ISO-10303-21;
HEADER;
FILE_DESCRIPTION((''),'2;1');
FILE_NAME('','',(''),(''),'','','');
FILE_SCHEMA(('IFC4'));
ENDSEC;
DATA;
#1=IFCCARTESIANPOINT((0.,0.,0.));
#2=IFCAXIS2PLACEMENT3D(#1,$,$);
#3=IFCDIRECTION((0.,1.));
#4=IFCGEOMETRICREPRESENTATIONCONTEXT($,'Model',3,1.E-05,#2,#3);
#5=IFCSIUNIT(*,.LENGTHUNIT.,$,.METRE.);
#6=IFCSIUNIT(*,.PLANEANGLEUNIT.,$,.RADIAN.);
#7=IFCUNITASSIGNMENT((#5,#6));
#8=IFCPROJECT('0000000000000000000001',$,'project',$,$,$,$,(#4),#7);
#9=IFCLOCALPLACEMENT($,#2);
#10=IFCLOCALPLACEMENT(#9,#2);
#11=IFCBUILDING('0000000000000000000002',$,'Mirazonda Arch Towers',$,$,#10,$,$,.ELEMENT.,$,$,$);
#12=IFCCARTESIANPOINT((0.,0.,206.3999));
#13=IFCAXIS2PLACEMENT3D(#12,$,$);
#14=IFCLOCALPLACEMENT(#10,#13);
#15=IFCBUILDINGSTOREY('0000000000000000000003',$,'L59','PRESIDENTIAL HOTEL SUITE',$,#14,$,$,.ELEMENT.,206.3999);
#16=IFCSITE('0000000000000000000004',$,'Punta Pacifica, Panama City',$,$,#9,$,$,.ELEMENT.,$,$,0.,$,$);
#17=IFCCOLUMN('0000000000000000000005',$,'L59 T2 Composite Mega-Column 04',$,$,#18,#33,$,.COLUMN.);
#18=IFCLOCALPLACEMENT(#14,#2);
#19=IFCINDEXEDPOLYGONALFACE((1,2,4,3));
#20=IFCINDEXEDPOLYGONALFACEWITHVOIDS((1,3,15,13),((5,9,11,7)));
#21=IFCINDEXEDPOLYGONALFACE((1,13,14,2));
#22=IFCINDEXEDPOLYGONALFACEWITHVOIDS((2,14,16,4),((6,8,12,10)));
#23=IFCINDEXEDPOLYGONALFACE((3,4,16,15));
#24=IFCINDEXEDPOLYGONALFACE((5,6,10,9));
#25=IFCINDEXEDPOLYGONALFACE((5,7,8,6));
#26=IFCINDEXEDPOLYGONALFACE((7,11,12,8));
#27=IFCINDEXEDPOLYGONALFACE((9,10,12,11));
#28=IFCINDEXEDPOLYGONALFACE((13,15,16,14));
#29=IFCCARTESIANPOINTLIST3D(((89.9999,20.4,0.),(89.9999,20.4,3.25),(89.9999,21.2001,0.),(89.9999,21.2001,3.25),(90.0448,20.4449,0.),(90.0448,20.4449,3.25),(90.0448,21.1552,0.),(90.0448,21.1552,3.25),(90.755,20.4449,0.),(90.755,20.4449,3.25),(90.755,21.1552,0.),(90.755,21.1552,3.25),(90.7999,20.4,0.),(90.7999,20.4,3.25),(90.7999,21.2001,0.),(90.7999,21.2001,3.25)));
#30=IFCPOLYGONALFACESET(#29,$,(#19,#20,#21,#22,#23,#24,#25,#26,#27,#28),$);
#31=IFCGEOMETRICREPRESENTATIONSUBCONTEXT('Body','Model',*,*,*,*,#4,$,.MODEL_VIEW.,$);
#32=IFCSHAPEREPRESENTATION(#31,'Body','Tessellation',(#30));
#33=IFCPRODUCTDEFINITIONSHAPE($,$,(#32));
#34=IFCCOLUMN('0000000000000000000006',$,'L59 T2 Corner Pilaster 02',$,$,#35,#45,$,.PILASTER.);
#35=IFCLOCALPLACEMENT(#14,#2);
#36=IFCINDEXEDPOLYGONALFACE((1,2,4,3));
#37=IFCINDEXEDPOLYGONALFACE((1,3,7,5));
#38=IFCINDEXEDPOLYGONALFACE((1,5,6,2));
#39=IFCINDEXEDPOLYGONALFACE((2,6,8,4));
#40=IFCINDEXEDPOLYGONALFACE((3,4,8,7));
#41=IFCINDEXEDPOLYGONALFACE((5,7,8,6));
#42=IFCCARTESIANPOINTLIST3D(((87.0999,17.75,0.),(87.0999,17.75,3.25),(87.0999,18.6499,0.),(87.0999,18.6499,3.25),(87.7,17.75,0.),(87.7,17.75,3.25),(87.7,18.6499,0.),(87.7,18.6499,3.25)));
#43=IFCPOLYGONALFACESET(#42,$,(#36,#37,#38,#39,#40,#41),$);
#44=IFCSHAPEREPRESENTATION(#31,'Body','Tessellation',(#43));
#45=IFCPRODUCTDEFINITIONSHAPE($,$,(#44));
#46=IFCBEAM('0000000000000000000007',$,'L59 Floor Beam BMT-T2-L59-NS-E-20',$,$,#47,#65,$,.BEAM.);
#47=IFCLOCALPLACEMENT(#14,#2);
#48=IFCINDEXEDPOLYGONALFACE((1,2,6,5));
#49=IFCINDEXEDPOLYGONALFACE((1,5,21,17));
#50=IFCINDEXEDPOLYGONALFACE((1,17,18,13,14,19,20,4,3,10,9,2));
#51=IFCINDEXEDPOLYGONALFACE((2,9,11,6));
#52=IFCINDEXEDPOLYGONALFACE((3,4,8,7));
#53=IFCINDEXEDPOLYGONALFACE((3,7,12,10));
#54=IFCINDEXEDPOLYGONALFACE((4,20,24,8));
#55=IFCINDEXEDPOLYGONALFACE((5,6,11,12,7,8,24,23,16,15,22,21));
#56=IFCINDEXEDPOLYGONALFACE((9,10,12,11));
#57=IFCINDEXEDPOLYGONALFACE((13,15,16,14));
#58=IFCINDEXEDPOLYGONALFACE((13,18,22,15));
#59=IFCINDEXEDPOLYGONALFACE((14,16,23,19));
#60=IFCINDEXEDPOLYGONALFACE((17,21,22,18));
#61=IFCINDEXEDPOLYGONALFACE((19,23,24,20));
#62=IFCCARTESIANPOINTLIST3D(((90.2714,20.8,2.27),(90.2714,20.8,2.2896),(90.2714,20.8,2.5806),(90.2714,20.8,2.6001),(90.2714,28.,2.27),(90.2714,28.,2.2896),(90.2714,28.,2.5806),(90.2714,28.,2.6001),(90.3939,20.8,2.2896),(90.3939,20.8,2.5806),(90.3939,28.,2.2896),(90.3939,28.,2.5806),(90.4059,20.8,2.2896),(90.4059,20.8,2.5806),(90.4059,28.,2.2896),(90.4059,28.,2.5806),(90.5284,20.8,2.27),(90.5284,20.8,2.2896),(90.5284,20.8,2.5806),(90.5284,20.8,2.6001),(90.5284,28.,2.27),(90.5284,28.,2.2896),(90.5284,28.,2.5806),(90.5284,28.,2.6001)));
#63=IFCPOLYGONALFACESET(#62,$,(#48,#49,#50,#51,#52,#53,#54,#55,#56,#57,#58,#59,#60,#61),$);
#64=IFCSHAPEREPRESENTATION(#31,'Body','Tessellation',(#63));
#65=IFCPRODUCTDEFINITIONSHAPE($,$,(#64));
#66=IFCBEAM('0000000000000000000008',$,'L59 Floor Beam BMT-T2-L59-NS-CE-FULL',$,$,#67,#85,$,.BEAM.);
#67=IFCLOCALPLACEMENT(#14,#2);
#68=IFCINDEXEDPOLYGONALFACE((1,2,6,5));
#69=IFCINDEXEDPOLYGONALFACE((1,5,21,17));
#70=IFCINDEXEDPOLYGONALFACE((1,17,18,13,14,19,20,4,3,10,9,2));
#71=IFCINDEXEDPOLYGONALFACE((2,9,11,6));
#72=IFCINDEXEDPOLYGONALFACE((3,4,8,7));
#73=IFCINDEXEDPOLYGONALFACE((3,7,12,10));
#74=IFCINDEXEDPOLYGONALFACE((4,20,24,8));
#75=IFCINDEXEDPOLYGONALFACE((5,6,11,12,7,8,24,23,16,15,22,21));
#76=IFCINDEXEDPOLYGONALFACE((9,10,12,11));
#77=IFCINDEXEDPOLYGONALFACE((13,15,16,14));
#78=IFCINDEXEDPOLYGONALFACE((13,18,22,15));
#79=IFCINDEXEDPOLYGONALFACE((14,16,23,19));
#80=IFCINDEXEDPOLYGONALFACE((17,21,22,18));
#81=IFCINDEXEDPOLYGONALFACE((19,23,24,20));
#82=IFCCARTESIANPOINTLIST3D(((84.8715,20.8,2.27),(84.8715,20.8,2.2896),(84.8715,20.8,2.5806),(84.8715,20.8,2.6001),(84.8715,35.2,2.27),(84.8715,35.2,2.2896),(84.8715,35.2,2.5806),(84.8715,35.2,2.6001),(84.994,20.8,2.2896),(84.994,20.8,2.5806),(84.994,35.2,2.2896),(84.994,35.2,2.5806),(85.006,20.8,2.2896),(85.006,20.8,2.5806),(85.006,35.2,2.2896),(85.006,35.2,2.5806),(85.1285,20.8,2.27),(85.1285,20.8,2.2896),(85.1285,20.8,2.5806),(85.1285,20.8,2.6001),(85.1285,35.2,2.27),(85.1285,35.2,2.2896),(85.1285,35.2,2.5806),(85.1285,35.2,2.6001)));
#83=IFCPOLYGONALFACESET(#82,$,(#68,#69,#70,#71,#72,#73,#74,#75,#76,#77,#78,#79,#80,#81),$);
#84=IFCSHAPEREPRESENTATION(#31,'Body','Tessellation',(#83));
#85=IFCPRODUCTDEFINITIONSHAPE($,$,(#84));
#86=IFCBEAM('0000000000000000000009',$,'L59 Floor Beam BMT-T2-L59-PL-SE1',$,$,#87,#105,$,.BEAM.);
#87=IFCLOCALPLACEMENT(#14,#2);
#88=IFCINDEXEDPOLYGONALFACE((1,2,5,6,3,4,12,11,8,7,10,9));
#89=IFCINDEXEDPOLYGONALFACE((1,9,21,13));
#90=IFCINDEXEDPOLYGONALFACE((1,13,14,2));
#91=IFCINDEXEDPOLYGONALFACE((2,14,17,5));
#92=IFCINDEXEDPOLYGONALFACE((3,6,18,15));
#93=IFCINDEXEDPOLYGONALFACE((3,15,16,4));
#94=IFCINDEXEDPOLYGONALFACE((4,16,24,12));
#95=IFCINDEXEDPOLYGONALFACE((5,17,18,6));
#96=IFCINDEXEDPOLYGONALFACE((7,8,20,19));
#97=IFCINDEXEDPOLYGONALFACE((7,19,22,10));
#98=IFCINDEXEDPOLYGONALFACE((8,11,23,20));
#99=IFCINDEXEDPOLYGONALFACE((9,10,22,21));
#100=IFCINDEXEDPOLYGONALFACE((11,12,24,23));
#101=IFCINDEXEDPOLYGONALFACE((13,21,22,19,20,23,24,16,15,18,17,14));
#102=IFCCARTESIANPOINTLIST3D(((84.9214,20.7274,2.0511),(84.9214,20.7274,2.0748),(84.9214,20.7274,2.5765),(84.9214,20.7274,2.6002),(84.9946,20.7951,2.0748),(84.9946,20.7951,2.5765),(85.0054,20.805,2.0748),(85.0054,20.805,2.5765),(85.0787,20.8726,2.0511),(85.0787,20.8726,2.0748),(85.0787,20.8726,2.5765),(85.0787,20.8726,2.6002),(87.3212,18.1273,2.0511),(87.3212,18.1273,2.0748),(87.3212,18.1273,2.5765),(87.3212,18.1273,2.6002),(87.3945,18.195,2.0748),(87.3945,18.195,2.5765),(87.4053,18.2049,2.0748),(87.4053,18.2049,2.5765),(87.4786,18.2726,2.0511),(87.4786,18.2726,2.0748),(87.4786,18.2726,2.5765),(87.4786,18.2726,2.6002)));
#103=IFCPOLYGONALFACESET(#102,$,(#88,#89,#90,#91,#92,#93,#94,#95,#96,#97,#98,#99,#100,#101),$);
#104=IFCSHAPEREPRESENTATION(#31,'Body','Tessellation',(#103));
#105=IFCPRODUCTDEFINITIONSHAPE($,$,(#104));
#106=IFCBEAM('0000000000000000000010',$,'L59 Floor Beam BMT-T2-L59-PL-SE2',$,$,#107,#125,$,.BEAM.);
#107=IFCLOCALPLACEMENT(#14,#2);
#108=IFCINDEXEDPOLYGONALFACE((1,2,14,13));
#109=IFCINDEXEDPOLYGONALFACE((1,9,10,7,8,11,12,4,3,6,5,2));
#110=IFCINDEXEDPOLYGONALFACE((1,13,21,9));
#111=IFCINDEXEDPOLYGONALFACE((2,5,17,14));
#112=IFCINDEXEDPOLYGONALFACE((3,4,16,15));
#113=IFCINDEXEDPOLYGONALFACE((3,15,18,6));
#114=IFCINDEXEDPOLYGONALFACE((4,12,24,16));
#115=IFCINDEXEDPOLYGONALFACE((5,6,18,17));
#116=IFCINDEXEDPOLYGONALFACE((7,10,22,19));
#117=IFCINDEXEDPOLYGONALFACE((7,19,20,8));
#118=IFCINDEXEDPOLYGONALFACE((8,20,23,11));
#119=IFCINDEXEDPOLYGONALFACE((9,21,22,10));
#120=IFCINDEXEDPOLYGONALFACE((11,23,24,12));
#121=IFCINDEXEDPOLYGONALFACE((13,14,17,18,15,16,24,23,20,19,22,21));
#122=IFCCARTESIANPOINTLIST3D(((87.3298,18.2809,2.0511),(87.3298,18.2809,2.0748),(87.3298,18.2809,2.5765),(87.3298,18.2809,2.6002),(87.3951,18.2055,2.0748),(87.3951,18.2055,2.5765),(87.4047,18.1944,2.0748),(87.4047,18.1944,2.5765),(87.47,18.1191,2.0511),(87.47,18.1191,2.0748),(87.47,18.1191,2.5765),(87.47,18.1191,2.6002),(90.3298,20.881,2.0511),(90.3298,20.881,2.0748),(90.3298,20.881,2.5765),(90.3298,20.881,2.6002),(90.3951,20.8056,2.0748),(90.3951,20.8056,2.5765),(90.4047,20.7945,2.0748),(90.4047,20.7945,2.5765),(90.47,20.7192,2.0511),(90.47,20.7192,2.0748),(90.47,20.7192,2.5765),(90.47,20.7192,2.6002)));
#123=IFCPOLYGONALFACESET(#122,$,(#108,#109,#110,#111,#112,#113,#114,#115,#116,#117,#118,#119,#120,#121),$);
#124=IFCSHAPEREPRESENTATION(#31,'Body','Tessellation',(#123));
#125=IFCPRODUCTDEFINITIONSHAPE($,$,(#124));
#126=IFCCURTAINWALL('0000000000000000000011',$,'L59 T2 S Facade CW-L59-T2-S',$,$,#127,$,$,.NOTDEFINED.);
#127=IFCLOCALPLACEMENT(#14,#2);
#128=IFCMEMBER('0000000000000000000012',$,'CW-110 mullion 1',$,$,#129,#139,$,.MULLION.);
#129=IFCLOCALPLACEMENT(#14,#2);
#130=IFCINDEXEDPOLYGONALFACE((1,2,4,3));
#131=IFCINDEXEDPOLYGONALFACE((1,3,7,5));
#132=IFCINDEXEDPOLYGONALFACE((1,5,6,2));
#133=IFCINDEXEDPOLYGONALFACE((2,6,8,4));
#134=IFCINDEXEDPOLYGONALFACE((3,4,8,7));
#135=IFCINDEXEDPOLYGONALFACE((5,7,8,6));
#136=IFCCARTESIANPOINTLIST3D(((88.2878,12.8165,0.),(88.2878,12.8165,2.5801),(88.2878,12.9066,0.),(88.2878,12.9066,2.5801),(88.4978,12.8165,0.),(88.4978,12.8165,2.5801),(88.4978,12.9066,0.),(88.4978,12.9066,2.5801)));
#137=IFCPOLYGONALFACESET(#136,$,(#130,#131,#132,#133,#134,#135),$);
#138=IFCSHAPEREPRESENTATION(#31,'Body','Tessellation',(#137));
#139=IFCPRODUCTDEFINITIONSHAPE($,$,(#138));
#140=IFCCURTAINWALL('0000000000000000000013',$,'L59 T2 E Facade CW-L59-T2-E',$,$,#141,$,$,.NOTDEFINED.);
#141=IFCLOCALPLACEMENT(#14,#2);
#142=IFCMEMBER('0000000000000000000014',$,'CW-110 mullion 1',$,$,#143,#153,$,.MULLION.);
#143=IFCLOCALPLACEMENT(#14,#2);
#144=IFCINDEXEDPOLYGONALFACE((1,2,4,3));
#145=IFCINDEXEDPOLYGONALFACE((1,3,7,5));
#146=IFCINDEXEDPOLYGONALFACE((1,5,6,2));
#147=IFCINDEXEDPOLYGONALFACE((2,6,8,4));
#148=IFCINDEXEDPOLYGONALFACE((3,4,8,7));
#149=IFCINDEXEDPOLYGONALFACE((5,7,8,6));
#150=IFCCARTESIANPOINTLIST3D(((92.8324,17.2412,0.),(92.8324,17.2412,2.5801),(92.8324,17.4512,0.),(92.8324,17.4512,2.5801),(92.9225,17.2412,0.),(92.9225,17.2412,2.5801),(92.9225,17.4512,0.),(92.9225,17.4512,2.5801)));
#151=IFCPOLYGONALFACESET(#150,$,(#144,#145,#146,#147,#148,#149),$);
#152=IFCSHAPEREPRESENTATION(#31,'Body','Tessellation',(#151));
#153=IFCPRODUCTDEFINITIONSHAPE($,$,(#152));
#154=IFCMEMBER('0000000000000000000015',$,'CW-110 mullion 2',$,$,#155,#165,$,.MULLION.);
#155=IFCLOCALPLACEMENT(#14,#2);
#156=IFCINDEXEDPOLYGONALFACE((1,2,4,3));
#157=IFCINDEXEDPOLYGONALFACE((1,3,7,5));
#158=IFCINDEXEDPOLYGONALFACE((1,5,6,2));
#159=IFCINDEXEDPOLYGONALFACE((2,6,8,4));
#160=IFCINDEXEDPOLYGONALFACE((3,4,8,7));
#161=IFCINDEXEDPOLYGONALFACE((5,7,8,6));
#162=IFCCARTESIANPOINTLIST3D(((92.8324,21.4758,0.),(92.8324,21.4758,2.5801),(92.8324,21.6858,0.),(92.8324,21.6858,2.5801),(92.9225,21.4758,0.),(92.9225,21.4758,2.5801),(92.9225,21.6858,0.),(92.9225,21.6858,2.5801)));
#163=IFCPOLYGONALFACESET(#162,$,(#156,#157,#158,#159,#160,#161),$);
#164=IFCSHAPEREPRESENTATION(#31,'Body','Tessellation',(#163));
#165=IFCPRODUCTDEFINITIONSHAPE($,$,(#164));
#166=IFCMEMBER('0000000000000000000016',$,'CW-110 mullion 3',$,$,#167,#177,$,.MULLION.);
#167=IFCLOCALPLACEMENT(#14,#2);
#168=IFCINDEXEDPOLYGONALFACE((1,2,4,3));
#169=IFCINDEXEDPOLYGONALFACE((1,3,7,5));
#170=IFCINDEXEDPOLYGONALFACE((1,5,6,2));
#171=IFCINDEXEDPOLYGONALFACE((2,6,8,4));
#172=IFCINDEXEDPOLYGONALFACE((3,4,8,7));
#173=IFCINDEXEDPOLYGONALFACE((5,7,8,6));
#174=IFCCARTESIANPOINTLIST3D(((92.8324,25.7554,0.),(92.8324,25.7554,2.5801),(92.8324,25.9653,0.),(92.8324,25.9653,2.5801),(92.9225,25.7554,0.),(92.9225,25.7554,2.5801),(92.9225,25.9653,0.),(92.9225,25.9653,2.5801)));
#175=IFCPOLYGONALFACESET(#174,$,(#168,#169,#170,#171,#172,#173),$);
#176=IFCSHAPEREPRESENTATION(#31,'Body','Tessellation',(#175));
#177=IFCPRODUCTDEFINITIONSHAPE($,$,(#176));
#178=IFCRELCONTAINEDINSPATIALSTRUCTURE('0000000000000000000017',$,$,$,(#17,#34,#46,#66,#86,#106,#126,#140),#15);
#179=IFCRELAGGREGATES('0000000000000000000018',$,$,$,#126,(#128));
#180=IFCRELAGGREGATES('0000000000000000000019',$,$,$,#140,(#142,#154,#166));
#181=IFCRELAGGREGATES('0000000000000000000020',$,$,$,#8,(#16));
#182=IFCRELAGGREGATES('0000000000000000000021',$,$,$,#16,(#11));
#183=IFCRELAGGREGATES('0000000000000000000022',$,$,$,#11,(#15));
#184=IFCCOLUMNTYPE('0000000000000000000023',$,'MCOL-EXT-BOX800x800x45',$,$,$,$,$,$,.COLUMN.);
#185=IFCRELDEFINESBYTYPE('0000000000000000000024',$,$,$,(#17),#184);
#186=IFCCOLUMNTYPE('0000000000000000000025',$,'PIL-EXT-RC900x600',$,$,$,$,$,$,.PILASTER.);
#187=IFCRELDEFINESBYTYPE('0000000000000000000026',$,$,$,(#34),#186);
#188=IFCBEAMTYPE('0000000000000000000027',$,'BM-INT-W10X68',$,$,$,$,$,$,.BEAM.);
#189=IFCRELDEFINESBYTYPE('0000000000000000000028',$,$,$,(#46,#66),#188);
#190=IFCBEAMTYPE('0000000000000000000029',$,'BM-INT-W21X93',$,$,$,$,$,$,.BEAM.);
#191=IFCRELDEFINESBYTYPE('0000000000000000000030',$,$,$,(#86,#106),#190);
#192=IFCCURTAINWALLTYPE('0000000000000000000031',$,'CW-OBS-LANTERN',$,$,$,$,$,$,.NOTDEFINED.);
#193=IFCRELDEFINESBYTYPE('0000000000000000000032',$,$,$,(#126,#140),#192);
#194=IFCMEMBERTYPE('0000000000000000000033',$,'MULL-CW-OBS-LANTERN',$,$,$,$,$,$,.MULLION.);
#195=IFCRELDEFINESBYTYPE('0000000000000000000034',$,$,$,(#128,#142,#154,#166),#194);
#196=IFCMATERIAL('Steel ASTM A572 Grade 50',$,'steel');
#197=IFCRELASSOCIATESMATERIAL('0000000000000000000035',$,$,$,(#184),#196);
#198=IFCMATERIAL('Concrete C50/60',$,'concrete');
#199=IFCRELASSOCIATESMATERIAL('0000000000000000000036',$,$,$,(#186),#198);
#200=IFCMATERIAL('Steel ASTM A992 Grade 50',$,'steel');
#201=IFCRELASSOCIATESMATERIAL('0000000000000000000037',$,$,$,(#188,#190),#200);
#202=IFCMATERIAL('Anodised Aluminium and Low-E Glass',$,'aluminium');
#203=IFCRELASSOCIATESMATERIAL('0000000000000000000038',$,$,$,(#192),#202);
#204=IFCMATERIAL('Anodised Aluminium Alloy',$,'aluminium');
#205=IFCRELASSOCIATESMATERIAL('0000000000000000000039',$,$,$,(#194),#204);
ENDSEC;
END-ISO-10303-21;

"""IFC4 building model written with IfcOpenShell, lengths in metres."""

from ifc_helpers import new_model, si_unit, direction, frame, origin, origin_2d, place, context, subcontext, project, spatial, rectangle, hollow_rectangle, i_section, extrude, material, material_profile, profile_set, type_object, element, aggregate, save


model = new_model("IFC4")

# Units and contexts
model_context = context("Model", 3, precision=1e-05, world=origin(), true_north=direction((0.0, 1.0)))
body_context = subcontext(model_context, "Body", "Model", "MODEL_VIEW")
ifc_project = project(units=[si_unit("LENGTHUNIT", "METRE"), si_unit("PLANEANGLEUNIT", "RADIAN")], contexts=[model_context])

# Site, building, storey
site_placement = place(None, origin())
site = spatial("IfcSite", under=ifc_project, at=site_placement, Name="Punta Pacifica, Panama City", CompositionType="ELEMENT", RefElevation=0.0)
building_placement = place(site_placement, origin())
building = spatial("IfcBuilding", under=site, at=building_placement, Name="Mirazonda Arch Towers", CompositionType="ELEMENT")
storey_placement = place(building_placement, frame((0.0, 0.0, 206.3999)))
storey = spatial("IfcBuildingStorey", under=building, at=storey_placement, Name="L59", Description="PRESIDENTIAL HOTEL SUITE", CompositionType="ELEMENT", Elevation=206.3999)

# Columns
ifc_material_1 = material(Name="Steel ASTM A572 Grade 50", Category="steel")
ifc_material_profile_1 = material_profile(ifc_material_1, hollow_rectangle(XDim=0.8, YDim=0.8, WallThickness=0.0449, at=origin_2d()), Name="BOX800x800x45")
ifc_profile_set_1 = profile_set([ifc_material_profile_1], Name="Steel ASTM A572 Grade 50")
column_type_1 = type_object("IfcColumnType", Name="MCOL-EXT-BOX800x800x45", PredefinedType="COLUMN", material=ifc_profile_set_1)
column_1_placement = place(storey_placement, frame((90.3999, 20.8, 0.0), z_axis=(0.0, 0.0, 1.0), x_axis=(1.0, 0.0, 0.0)))
element("IfcColumn", 1, at=column_1_placement, inside=storey, type_object=column_type_1, Name="L59 T2 Composite Mega-Column 04", PredefinedType="COLUMN", context=body_context, shape_type="SweptSolid", body=[
    extrude(hollow_rectangle(XDim=0.8, YDim=0.8, WallThickness=0.0449, at=origin_2d()), origin(), (0.0, 0.0, 1.0), 3.25),
])
ifc_material_2 = material(Name="Concrete C50/60", Category="concrete")
ifc_material_profile_2 = material_profile(ifc_material_2, rectangle(XDim=0.6001, YDim=0.8999, at=origin_2d()), Name="RC900x600")
ifc_profile_set_2 = profile_set([ifc_material_profile_2], Name="Concrete C50/60")
column_type_2 = type_object("IfcColumnType", Name="PIL-EXT-RC900x600", PredefinedType="PILASTER", material=ifc_profile_set_2)
column_2_placement = place(storey_placement, frame((87.3999, 18.2, 0.0), z_axis=(0.0, 0.0, 1.0), x_axis=(1.0, 0.0, 0.0)))
element("IfcColumn", 2, at=column_2_placement, inside=storey, type_object=column_type_2, Name="L59 T2 Corner Pilaster 02", PredefinedType="PILASTER", context=body_context, shape_type="SweptSolid", body=[
    extrude(rectangle(XDim=0.6001, YDim=0.8999, at=origin_2d()), origin(), (0.0, 0.0, 1.0), 3.25),
])

# Beams
ifc_material_3 = material(Name="Steel ASTM A992 Grade 50", Category="steel")
ifc_material_profile_3 = material_profile(ifc_material_3, i_section(OverallWidth=0.2571, OverallDepth=0.3301, WebThickness=0.012, FlangeThickness=0.0195, at=origin_2d()), Name="W10X68")
ifc_profile_set_3 = profile_set([ifc_material_profile_3], Name="Steel ASTM A992 Grade 50")
beam_type_1 = type_object("IfcBeamType", Name="BM-INT-W10X68", PredefinedType="BEAM", material=ifc_profile_set_3)
beam_1_placement = place(storey_placement, frame((90.3999, 20.8, 2.4351), z_axis=(0.0, 1.0, 0.0), x_axis=(-1.0, 0.0, 0.0)))
element("IfcBeam", 3, at=beam_1_placement, inside=storey, type_object=beam_type_1, Name="L59 Floor Beam BMT-T2-L59-NS-E-20", PredefinedType="BEAM", context=body_context, shape_type="SweptSolid", body=[
    extrude(i_section(OverallWidth=0.2571, OverallDepth=0.3301, WebThickness=0.012, FlangeThickness=0.0195, at=origin_2d()), origin(), (0.0, 0.0, 1.0), 7.2),
])
beam_2_placement = place(storey_placement, frame((85.0, 20.8, 2.4351), z_axis=(0.0, 1.0, 0.0), x_axis=(-1.0, 0.0, 0.0)))
element("IfcBeam", 4, at=beam_2_placement, inside=storey, type_object=beam_type_1, Name="L59 Floor Beam BMT-T2-L59-NS-CE-FULL", PredefinedType="BEAM", context=body_context, shape_type="SweptSolid", body=[
    extrude(i_section(OverallWidth=0.2571, OverallDepth=0.3301, WebThickness=0.012, FlangeThickness=0.0195, at=origin_2d()), origin(), (0.0, 0.0, 1.0), 14.3999),
])
ifc_material_profile_4 = material_profile(ifc_material_3, i_section(OverallWidth=0.2141, OverallDepth=0.5491, WebThickness=0.0146, FlangeThickness=0.0237, at=origin_2d()), Name="W21X93")
ifc_profile_set_4 = profile_set([ifc_material_profile_4], Name="Steel ASTM A992 Grade 50")
beam_type_2 = type_object("IfcBeamType", Name="BM-INT-W21X93", PredefinedType="BEAM", material=ifc_profile_set_4)
beam_3_placement = place(storey_placement, frame((87.3999, 18.2, 2.3257), z_axis=(-0.678251, 0.73483, 0.0), x_axis=(-0.73483, -0.678251, 0.0)))
element("IfcBeam", 5, at=beam_3_placement, inside=storey, type_object=beam_type_2, Name="L59 Floor Beam BMT-T2-L59-PL-SE1", PredefinedType="BEAM", context=body_context, shape_type="SweptSolid", body=[
    extrude(i_section(OverallWidth=0.2141, OverallDepth=0.5491, WebThickness=0.0146, FlangeThickness=0.0237, at=origin_2d()), origin(), (0.0, 0.0, 1.0), 3.5383),
])
beam_4_placement = place(storey_placement, frame((87.3999, 18.2, 2.3257), z_axis=(0.755677, 0.654945, 0.0), x_axis=(-0.654945, 0.755677, 0.0)))
element("IfcBeam", 6, at=beam_4_placement, inside=storey, type_object=beam_type_2, Name="L59 Floor Beam BMT-T2-L59-PL-SE2", PredefinedType="BEAM", context=body_context, shape_type="SweptSolid", body=[
    extrude(i_section(OverallWidth=0.2141, OverallDepth=0.5491, WebThickness=0.0146, FlangeThickness=0.0237, at=origin_2d()), origin(), (0.0, 0.0, 1.0), 3.97),
])

# Curtain wall, member
ifc_material_4 = material(Name="Anodised Aluminium and Low-E Glass", Category="aluminium")
curtain_wall_type = type_object("IfcCurtainWallType", Name="CW-OBS-LANTERN", PredefinedType="NOTDEFINED", material=ifc_material_4)
curtain_wall_1_placement = place(storey_placement, origin())
curtain_wall_1 = element("IfcCurtainWall", 7, at=curtain_wall_1_placement, inside=storey, type_object=curtain_wall_type, Name="L59 T2 S Facade CW-L59-T2-S", PredefinedType="NOTDEFINED")
ifc_material_5 = material(Name="Anodised Aluminium Alloy", Category="aluminium")
ifc_material_profile_5 = material_profile(ifc_material_5, rectangle(XDim=0.0901, YDim=0.21, at=origin_2d()), Name="ALU-MULL-90x210")
ifc_profile_set_5 = profile_set([ifc_material_profile_5], Name="Anodised Aluminium Alloy")
member_type_1 = type_object("IfcMemberType", Name="MULL-CW-OBS-LANTERN", PredefinedType="MULLION", material=ifc_profile_set_5)
member_1_placement = place(storey_placement, frame((88.3928, 12.8616, 0.0), z_axis=(0.0, 0.0, 1.0), x_axis=(0.0, -1.0, 0.0)))
member_1 = element("IfcMember", 8, at=member_1_placement, type_object=member_type_1, Name="CW-110 mullion 1", PredefinedType="MULLION", context=body_context, shape_type="SweptSolid", body=[
    extrude(rectangle(XDim=0.0901, YDim=0.21, at=origin_2d()), origin(), (0.0, 0.0, 1.0), 2.5801),
])

# Curtain wall, members
curtain_wall_2_placement = place(storey_placement, origin())
curtain_wall_2 = element("IfcCurtainWall", 9, at=curtain_wall_2_placement, inside=storey, type_object=curtain_wall_type, Name="L59 T2 E Facade CW-L59-T2-E", PredefinedType="NOTDEFINED")
member_2_placement = place(storey_placement, frame((92.8774, 17.3462, 0.0), z_axis=(0.0, 0.0, 1.0), x_axis=(-1.0, 0.0, 0.0)))
member_2 = element("IfcMember", 10, at=member_2_placement, type_object=member_type_1, Name="CW-110 mullion 1", PredefinedType="MULLION", context=body_context, shape_type="SweptSolid", body=[
    extrude(rectangle(XDim=0.0901, YDim=0.21, at=origin_2d()), origin(), (0.0, 0.0, 1.0), 2.5801),
])
member_3_placement = place(storey_placement, frame((92.8774, 21.5808, 0.0), z_axis=(0.0, 0.0, 1.0), x_axis=(-1.0, 0.0, 0.0)))
member_3 = element("IfcMember", 11, at=member_3_placement, type_object=member_type_1, Name="CW-110 mullion 2", PredefinedType="MULLION", context=body_context, shape_type="SweptSolid", body=[
    extrude(rectangle(XDim=0.0901, YDim=0.21, at=origin_2d()), origin(), (0.0, 0.0, 1.0), 2.5801),
])
member_4_placement = place(storey_placement, frame((92.8774, 25.8604, 0.0), z_axis=(0.0, 0.0, 1.0), x_axis=(-1.0, 0.0, 0.0)))
member_4 = element("IfcMember", 12, at=member_4_placement, type_object=member_type_1, Name="CW-110 mullion 3", PredefinedType="MULLION", context=body_context, shape_type="SweptSolid", body=[
    extrude(rectangle(XDim=0.0901, YDim=0.21, at=origin_2d()), origin(), (0.0, 0.0, 1.0), 2.5801),
])

aggregate(curtain_wall_1, [member_1])
aggregate(curtain_wall_2, [member_2, member_3, member_4])

save(model, "model.ifc")
